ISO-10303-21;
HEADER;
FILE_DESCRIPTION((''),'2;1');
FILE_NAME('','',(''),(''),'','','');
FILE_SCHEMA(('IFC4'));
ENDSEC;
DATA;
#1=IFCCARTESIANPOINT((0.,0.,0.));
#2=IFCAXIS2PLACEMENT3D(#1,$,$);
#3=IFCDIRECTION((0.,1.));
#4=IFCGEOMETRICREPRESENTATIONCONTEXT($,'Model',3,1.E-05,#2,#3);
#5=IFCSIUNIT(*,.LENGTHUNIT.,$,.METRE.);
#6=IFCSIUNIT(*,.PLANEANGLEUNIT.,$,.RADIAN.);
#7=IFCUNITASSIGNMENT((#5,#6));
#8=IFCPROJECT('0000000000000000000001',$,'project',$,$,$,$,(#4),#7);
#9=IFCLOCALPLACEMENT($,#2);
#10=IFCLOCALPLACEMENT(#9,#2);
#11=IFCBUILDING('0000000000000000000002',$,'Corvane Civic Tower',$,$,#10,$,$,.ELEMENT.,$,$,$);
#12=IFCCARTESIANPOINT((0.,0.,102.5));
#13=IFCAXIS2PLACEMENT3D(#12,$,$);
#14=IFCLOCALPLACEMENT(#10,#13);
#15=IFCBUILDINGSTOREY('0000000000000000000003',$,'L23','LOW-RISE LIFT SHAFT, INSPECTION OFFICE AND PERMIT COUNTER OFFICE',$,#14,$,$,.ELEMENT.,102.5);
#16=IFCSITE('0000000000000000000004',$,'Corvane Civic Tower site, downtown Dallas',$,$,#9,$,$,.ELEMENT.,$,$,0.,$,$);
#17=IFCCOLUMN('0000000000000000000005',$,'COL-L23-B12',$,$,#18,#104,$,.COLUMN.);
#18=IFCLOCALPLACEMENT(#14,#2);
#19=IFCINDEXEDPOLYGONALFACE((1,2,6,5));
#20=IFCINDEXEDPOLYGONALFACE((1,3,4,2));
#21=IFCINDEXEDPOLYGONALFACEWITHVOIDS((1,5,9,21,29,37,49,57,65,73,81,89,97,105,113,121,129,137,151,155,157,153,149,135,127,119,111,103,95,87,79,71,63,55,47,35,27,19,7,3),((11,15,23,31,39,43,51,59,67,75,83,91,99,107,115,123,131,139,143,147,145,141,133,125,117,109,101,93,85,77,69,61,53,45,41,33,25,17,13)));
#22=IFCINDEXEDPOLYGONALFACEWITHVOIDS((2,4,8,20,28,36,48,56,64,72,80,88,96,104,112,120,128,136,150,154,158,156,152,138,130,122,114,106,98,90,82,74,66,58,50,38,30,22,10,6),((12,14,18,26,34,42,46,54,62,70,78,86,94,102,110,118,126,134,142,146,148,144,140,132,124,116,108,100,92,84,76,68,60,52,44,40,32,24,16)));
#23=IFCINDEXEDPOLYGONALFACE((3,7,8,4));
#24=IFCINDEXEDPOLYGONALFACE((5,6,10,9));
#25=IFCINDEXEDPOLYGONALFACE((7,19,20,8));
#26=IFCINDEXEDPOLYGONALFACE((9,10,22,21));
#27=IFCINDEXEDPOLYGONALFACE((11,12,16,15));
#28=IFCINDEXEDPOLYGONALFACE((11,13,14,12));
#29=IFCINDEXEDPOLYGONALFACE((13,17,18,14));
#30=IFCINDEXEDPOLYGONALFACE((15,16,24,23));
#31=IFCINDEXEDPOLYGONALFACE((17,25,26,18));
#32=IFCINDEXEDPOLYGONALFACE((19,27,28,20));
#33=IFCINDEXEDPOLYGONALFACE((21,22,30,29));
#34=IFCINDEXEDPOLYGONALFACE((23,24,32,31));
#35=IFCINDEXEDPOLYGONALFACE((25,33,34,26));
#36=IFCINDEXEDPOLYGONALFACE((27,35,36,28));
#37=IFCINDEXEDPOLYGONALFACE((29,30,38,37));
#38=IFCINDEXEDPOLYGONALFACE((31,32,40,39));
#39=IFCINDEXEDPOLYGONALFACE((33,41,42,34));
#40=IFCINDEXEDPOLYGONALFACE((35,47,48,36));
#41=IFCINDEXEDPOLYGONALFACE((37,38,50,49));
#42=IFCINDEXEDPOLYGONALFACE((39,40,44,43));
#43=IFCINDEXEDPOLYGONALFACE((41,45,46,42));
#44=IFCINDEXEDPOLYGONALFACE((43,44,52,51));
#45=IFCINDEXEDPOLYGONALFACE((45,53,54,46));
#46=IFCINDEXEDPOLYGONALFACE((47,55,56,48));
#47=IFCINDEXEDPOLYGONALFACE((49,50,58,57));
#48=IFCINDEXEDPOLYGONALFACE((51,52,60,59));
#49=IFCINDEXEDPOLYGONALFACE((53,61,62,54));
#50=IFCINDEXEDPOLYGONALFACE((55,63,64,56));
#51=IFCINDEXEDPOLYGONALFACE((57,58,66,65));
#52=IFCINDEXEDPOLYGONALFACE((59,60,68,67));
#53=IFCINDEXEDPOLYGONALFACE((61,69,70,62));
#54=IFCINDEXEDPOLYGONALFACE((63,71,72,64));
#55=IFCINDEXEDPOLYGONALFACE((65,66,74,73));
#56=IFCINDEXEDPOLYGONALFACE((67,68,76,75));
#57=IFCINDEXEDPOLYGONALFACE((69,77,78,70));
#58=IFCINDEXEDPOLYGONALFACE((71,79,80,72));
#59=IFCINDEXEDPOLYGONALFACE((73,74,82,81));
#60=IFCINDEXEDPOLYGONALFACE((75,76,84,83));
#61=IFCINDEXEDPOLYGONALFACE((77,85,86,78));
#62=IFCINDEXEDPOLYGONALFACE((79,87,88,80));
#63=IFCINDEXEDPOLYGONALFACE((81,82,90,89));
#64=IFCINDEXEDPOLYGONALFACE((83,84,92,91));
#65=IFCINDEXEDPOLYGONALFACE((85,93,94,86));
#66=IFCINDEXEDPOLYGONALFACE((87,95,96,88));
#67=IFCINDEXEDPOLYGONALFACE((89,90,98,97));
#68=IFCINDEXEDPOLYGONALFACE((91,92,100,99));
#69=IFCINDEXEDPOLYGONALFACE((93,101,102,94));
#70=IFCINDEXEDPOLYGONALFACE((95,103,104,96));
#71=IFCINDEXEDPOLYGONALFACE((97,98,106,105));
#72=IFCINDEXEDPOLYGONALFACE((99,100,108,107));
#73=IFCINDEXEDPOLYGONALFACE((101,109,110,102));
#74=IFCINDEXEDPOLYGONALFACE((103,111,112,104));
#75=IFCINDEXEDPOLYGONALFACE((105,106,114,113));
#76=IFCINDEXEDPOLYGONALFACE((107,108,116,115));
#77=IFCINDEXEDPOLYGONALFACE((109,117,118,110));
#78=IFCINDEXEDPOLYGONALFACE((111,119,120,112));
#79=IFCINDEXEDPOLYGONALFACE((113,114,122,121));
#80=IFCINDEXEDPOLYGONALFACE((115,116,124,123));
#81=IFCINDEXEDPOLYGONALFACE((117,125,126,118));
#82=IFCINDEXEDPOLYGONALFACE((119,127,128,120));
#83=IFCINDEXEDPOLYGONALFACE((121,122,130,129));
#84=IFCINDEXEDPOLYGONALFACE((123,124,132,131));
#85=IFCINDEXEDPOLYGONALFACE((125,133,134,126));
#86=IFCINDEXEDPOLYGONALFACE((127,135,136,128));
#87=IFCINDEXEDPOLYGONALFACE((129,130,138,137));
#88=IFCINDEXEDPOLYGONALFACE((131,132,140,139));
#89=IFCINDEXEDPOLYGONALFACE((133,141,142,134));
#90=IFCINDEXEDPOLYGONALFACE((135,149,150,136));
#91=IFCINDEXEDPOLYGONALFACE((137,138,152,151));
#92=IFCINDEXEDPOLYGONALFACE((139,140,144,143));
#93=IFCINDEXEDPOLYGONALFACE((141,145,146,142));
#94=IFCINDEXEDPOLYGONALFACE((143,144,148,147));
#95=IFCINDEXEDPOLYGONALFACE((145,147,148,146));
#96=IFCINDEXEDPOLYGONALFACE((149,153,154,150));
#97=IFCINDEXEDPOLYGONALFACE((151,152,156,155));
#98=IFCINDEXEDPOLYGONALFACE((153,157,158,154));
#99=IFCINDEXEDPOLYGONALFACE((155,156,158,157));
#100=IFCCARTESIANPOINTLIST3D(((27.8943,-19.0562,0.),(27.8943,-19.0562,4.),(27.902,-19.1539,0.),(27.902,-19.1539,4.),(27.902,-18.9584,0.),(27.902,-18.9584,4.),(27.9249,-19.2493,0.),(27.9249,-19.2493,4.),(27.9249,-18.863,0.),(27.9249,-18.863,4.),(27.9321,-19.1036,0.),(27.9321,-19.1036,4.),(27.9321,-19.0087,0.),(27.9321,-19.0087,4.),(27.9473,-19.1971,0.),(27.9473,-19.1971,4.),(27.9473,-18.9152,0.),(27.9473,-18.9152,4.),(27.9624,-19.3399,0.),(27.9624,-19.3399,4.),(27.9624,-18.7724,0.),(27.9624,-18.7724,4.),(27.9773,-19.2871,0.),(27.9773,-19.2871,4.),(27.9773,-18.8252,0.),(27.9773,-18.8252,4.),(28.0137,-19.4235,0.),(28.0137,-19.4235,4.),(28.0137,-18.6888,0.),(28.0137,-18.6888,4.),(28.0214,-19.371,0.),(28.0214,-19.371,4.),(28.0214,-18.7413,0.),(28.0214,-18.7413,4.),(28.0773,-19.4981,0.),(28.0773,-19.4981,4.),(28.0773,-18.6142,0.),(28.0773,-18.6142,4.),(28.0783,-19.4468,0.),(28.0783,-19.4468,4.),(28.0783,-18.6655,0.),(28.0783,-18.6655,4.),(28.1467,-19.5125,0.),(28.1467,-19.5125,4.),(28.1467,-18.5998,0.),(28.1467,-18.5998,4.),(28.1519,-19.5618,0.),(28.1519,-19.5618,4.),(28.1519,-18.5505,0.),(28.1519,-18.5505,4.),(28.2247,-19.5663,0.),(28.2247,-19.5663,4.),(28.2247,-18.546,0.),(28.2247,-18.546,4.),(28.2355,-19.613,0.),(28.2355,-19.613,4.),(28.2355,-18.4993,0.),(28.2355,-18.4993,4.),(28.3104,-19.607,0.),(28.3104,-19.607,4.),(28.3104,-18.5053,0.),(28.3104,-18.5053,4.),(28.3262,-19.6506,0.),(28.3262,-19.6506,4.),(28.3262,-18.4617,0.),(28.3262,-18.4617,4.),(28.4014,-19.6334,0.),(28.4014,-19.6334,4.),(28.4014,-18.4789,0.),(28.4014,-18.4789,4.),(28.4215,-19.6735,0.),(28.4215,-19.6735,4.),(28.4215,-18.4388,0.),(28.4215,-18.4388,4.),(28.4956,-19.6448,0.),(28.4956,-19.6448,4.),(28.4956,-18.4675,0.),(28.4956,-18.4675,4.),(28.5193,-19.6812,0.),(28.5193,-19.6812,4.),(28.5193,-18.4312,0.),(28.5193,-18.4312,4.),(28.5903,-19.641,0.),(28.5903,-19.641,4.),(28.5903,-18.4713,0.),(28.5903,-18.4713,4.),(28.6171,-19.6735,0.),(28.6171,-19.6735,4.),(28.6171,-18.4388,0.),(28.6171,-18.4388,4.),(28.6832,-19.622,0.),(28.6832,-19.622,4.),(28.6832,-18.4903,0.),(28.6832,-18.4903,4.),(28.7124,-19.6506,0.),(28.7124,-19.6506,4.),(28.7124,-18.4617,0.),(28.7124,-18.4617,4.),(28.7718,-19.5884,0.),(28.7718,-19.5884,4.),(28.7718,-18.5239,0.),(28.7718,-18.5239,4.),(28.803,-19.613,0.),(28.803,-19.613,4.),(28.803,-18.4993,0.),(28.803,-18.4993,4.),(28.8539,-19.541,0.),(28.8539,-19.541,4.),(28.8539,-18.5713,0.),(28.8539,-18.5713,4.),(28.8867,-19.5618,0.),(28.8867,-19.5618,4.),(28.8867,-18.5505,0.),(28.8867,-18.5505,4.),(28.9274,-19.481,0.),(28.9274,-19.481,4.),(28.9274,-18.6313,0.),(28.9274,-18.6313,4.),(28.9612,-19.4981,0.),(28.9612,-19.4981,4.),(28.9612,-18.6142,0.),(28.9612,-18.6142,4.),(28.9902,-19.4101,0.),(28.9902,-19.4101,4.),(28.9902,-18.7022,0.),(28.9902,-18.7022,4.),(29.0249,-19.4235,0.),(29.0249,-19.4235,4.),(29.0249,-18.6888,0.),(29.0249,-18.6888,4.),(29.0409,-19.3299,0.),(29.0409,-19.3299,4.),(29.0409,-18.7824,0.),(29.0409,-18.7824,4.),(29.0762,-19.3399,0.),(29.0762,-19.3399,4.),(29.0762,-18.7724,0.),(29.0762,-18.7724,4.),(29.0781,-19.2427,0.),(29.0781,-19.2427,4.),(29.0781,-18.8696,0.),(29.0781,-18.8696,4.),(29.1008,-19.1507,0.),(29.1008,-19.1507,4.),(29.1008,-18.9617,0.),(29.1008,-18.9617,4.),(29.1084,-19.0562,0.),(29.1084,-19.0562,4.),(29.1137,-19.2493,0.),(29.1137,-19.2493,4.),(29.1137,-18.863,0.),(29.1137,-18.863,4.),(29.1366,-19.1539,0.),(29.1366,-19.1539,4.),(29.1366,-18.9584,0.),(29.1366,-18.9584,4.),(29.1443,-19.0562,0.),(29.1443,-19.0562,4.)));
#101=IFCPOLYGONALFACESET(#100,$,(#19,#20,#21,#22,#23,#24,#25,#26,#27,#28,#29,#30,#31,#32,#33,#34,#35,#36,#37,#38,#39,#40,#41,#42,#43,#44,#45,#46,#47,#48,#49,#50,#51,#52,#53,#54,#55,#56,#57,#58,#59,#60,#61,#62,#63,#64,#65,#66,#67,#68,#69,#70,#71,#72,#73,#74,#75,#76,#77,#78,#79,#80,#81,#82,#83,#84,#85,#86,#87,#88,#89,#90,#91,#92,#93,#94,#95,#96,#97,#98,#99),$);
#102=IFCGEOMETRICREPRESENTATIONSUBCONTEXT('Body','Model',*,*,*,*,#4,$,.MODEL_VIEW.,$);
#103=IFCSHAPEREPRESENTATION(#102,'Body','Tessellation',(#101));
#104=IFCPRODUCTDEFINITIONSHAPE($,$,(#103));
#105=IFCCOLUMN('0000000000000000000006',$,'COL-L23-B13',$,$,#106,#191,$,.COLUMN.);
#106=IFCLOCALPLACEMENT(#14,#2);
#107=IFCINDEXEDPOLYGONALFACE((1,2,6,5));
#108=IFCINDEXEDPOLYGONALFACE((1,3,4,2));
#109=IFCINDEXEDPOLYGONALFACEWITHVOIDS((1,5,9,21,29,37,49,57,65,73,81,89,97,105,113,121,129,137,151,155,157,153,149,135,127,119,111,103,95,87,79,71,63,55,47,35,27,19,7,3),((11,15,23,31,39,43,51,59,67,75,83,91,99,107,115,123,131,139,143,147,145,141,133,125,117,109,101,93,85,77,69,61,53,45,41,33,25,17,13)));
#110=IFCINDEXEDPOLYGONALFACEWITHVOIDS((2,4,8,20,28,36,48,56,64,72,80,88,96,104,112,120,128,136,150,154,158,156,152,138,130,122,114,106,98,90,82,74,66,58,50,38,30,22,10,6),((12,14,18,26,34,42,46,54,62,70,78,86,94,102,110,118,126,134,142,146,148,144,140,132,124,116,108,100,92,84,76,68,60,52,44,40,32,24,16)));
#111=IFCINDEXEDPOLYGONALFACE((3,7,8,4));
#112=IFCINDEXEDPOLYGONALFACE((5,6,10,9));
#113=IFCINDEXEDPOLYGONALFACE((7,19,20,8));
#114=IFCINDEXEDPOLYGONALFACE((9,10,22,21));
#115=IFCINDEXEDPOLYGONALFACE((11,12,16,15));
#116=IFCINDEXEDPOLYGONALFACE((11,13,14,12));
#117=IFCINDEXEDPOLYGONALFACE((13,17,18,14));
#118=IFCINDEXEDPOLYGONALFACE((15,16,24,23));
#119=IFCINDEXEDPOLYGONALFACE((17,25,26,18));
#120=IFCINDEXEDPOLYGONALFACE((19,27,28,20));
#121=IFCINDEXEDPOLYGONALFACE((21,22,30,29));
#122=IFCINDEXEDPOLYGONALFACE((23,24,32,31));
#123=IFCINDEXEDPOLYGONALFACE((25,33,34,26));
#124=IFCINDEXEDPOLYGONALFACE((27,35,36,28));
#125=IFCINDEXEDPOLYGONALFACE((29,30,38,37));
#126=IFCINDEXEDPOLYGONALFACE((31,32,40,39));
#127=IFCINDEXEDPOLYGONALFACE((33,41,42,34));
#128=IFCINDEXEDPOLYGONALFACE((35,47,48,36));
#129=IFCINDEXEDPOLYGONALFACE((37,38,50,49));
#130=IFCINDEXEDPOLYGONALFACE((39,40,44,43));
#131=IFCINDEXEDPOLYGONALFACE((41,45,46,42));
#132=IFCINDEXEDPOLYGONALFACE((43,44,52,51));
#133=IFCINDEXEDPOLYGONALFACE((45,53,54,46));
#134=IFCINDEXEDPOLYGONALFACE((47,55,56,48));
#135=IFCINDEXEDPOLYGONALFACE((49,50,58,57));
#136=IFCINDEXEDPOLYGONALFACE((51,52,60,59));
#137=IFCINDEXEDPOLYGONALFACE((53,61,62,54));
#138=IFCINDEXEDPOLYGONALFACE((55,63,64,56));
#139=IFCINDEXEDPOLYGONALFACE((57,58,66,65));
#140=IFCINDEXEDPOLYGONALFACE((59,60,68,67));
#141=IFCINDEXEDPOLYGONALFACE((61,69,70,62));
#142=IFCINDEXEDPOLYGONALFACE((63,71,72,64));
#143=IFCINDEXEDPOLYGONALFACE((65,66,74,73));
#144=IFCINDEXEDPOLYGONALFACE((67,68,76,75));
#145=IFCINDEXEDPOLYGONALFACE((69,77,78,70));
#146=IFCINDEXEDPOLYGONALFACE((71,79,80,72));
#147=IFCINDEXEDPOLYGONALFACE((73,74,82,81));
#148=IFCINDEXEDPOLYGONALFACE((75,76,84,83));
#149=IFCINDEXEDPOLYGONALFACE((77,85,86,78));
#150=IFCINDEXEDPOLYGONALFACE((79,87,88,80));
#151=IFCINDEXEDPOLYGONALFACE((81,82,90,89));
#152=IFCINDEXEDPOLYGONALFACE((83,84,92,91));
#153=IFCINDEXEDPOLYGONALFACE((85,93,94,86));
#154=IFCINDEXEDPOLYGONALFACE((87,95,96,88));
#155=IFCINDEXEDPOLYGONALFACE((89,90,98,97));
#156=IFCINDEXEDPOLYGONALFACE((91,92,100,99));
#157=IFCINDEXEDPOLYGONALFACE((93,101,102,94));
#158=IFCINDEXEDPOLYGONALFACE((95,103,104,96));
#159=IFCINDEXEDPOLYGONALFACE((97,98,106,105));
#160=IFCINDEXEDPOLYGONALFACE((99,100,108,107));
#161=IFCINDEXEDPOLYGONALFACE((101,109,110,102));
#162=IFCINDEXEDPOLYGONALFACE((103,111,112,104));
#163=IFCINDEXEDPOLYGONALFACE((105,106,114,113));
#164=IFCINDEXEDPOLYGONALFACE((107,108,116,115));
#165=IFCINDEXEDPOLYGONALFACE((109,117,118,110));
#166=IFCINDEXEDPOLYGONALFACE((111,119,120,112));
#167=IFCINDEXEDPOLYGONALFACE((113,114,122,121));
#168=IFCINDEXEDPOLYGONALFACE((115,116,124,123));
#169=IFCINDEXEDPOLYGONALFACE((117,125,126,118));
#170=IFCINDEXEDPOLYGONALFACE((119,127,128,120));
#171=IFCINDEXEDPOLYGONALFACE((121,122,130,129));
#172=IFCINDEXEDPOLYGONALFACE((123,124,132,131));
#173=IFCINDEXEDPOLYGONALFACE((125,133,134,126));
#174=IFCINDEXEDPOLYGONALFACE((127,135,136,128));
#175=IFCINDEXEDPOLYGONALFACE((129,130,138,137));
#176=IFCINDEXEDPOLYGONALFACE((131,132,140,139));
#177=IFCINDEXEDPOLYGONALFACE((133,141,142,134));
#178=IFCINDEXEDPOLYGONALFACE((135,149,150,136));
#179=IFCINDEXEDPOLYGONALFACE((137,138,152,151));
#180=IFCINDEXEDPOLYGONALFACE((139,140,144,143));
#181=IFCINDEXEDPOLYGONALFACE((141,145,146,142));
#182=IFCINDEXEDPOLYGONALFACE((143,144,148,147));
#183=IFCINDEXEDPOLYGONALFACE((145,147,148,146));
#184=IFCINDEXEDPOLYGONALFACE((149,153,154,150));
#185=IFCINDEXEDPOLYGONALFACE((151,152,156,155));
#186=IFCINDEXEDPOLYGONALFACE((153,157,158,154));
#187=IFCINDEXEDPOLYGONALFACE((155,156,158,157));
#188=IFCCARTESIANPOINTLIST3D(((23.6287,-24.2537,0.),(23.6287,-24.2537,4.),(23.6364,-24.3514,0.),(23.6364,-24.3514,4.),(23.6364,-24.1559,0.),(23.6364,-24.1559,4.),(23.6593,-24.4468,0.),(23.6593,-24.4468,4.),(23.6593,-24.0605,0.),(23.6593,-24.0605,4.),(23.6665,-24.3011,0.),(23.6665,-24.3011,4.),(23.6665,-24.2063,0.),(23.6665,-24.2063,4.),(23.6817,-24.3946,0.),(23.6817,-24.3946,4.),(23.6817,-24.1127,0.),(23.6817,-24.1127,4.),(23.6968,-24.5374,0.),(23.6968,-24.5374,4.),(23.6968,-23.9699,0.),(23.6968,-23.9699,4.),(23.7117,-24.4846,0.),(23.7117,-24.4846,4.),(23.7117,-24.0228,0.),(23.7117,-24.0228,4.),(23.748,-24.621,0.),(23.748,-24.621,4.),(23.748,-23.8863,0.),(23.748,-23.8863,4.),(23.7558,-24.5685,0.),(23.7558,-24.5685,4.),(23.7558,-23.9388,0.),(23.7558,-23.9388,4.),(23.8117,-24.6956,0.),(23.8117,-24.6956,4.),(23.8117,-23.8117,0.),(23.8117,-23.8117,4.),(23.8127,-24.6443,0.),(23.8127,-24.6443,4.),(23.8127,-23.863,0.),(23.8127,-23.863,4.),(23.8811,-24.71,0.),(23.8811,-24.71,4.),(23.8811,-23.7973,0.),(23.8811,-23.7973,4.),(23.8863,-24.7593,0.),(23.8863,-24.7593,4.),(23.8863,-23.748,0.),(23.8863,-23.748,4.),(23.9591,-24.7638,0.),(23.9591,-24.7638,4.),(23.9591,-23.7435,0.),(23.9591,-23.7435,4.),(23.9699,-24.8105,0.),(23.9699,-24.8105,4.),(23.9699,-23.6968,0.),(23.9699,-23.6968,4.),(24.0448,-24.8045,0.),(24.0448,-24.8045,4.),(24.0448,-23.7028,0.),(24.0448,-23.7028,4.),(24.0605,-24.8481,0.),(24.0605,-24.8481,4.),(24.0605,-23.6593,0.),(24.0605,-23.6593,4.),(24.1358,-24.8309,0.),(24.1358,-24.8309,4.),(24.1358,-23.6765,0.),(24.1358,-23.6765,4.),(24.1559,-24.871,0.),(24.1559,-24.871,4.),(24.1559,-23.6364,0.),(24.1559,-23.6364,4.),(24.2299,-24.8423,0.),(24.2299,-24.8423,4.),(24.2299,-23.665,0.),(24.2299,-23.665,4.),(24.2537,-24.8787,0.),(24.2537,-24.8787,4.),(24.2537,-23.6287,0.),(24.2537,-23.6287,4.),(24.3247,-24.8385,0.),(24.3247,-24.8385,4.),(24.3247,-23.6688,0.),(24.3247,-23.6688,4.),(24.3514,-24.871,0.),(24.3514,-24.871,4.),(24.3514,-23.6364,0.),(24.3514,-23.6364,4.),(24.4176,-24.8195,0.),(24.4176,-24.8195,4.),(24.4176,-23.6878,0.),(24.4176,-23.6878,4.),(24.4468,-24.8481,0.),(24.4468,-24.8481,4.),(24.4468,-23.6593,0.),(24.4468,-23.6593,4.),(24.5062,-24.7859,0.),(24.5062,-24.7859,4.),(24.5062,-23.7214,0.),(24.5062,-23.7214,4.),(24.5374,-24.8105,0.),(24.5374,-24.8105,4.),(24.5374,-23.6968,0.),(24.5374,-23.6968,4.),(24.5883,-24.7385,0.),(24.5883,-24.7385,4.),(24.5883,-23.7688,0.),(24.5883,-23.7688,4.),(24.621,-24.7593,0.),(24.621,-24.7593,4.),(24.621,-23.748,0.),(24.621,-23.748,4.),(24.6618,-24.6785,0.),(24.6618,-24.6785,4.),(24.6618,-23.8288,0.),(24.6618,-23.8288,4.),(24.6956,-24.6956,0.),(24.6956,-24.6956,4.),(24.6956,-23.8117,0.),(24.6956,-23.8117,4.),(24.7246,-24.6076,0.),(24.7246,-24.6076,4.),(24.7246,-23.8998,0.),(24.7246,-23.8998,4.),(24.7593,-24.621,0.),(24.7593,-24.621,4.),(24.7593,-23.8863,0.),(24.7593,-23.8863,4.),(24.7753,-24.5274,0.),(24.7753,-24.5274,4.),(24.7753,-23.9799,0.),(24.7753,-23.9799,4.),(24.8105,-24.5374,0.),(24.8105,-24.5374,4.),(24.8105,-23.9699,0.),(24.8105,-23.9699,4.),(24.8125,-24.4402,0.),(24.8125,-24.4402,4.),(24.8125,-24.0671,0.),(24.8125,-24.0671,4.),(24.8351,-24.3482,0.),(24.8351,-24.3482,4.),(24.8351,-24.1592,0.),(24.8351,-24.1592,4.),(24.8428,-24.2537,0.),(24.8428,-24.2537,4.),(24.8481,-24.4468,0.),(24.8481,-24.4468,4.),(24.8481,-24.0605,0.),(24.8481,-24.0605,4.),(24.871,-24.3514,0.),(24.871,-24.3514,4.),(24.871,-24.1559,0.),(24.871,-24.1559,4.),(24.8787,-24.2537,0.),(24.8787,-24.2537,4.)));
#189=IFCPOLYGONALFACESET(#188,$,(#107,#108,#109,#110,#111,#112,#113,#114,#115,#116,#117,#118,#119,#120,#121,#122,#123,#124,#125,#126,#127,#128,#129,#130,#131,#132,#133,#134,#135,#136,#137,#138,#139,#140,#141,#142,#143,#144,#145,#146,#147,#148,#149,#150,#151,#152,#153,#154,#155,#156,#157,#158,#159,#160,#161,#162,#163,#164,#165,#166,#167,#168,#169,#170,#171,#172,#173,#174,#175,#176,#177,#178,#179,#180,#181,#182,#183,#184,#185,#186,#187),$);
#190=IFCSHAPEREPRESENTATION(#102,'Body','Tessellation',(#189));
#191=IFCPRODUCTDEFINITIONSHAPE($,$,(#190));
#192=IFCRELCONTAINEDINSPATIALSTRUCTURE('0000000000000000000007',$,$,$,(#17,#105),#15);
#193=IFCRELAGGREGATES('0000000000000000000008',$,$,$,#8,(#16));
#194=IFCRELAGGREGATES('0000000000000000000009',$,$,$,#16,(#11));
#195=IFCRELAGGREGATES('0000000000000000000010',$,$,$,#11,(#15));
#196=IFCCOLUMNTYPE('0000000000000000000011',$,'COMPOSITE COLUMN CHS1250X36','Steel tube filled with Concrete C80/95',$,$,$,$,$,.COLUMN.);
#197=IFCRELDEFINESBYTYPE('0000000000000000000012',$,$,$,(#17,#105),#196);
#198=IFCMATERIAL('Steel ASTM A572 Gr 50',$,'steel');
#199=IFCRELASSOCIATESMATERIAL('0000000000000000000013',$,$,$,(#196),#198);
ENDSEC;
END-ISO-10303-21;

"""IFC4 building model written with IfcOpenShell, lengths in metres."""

from ifc_helpers import new_model, si_unit, direction, frame, origin, origin_2d, place, context, subcontext, project, spatial, hollow_circle, extrude, material, material_profile, profile_set, type_object, element, save


model = new_model("IFC4")

# Units and contexts
model_context = context("Model", 3, precision=1e-05, world=origin(), true_north=direction((0.0, 1.0)))
body_context = subcontext(model_context, "Body", "Model", "MODEL_VIEW")
ifc_project = project(units=[si_unit("LENGTHUNIT", "METRE"), si_unit("PLANEANGLEUNIT", "RADIAN")], contexts=[model_context])

# Site, building, storey
site_placement = place(None, origin())
site = spatial("IfcSite", under=ifc_project, at=site_placement, Name="Corvane Civic Tower site, downtown Dallas", CompositionType="ELEMENT", RefElevation=0.0)
building_placement = place(site_placement, origin())
building = spatial("IfcBuilding", under=site, at=building_placement, Name="Corvane Civic Tower", CompositionType="ELEMENT")
storey_placement = place(building_placement, frame((0.0, 0.0, 102.5)))
storey = spatial("IfcBuildingStorey", under=building, at=storey_placement, Name="L23", Description="LOW-RISE LIFT SHAFT, INSPECTION OFFICE AND PERMIT COUNTER OFFICE", CompositionType="ELEMENT", Elevation=102.5)

# Columns
ifc_material_1 = material(Name="Steel ASTM A572 Gr 50", Category="steel")
ifc_material_profile_1 = material_profile(ifc_material_1, hollow_circle(Radius=0.625, WallThickness=0.0359, at=origin_2d()), Name="CHS1250X36")
ifc_profile_set_1 = profile_set([ifc_material_profile_1], Name="Steel ASTM A572 Gr 50")
column_type = type_object("IfcColumnType", Name="COMPOSITE COLUMN CHS1250X36", Description="Steel tube filled with Concrete C80/95", PredefinedType="COLUMN", material=ifc_profile_set_1)
for number, where, z_axis, x_axis, name in (
    (1, (28.5193, -19.0562, 0.0), (0.0, 0.0, 1.0), (1.0, 0.0, 0.0), "COL-L23-B12"),
    (2, (24.2537, -24.2537, 0.0), (0.0, 0.0, 1.0), (1.0, 0.0, 0.0), "COL-L23-B13"),
):
    element("IfcColumn", number, at=place(storey_placement, frame(where, z_axis=z_axis, x_axis=x_axis)), inside=storey, type_object=column_type, Name=name, PredefinedType="COLUMN", context=body_context, shape_type="SweptSolid", body=[
        extrude(hollow_circle(Radius=0.625, WallThickness=0.0359, at=origin_2d()), origin(), (0.0, 0.0, 1.0), 4.0),
    ])

save(model, "model.ifc")
